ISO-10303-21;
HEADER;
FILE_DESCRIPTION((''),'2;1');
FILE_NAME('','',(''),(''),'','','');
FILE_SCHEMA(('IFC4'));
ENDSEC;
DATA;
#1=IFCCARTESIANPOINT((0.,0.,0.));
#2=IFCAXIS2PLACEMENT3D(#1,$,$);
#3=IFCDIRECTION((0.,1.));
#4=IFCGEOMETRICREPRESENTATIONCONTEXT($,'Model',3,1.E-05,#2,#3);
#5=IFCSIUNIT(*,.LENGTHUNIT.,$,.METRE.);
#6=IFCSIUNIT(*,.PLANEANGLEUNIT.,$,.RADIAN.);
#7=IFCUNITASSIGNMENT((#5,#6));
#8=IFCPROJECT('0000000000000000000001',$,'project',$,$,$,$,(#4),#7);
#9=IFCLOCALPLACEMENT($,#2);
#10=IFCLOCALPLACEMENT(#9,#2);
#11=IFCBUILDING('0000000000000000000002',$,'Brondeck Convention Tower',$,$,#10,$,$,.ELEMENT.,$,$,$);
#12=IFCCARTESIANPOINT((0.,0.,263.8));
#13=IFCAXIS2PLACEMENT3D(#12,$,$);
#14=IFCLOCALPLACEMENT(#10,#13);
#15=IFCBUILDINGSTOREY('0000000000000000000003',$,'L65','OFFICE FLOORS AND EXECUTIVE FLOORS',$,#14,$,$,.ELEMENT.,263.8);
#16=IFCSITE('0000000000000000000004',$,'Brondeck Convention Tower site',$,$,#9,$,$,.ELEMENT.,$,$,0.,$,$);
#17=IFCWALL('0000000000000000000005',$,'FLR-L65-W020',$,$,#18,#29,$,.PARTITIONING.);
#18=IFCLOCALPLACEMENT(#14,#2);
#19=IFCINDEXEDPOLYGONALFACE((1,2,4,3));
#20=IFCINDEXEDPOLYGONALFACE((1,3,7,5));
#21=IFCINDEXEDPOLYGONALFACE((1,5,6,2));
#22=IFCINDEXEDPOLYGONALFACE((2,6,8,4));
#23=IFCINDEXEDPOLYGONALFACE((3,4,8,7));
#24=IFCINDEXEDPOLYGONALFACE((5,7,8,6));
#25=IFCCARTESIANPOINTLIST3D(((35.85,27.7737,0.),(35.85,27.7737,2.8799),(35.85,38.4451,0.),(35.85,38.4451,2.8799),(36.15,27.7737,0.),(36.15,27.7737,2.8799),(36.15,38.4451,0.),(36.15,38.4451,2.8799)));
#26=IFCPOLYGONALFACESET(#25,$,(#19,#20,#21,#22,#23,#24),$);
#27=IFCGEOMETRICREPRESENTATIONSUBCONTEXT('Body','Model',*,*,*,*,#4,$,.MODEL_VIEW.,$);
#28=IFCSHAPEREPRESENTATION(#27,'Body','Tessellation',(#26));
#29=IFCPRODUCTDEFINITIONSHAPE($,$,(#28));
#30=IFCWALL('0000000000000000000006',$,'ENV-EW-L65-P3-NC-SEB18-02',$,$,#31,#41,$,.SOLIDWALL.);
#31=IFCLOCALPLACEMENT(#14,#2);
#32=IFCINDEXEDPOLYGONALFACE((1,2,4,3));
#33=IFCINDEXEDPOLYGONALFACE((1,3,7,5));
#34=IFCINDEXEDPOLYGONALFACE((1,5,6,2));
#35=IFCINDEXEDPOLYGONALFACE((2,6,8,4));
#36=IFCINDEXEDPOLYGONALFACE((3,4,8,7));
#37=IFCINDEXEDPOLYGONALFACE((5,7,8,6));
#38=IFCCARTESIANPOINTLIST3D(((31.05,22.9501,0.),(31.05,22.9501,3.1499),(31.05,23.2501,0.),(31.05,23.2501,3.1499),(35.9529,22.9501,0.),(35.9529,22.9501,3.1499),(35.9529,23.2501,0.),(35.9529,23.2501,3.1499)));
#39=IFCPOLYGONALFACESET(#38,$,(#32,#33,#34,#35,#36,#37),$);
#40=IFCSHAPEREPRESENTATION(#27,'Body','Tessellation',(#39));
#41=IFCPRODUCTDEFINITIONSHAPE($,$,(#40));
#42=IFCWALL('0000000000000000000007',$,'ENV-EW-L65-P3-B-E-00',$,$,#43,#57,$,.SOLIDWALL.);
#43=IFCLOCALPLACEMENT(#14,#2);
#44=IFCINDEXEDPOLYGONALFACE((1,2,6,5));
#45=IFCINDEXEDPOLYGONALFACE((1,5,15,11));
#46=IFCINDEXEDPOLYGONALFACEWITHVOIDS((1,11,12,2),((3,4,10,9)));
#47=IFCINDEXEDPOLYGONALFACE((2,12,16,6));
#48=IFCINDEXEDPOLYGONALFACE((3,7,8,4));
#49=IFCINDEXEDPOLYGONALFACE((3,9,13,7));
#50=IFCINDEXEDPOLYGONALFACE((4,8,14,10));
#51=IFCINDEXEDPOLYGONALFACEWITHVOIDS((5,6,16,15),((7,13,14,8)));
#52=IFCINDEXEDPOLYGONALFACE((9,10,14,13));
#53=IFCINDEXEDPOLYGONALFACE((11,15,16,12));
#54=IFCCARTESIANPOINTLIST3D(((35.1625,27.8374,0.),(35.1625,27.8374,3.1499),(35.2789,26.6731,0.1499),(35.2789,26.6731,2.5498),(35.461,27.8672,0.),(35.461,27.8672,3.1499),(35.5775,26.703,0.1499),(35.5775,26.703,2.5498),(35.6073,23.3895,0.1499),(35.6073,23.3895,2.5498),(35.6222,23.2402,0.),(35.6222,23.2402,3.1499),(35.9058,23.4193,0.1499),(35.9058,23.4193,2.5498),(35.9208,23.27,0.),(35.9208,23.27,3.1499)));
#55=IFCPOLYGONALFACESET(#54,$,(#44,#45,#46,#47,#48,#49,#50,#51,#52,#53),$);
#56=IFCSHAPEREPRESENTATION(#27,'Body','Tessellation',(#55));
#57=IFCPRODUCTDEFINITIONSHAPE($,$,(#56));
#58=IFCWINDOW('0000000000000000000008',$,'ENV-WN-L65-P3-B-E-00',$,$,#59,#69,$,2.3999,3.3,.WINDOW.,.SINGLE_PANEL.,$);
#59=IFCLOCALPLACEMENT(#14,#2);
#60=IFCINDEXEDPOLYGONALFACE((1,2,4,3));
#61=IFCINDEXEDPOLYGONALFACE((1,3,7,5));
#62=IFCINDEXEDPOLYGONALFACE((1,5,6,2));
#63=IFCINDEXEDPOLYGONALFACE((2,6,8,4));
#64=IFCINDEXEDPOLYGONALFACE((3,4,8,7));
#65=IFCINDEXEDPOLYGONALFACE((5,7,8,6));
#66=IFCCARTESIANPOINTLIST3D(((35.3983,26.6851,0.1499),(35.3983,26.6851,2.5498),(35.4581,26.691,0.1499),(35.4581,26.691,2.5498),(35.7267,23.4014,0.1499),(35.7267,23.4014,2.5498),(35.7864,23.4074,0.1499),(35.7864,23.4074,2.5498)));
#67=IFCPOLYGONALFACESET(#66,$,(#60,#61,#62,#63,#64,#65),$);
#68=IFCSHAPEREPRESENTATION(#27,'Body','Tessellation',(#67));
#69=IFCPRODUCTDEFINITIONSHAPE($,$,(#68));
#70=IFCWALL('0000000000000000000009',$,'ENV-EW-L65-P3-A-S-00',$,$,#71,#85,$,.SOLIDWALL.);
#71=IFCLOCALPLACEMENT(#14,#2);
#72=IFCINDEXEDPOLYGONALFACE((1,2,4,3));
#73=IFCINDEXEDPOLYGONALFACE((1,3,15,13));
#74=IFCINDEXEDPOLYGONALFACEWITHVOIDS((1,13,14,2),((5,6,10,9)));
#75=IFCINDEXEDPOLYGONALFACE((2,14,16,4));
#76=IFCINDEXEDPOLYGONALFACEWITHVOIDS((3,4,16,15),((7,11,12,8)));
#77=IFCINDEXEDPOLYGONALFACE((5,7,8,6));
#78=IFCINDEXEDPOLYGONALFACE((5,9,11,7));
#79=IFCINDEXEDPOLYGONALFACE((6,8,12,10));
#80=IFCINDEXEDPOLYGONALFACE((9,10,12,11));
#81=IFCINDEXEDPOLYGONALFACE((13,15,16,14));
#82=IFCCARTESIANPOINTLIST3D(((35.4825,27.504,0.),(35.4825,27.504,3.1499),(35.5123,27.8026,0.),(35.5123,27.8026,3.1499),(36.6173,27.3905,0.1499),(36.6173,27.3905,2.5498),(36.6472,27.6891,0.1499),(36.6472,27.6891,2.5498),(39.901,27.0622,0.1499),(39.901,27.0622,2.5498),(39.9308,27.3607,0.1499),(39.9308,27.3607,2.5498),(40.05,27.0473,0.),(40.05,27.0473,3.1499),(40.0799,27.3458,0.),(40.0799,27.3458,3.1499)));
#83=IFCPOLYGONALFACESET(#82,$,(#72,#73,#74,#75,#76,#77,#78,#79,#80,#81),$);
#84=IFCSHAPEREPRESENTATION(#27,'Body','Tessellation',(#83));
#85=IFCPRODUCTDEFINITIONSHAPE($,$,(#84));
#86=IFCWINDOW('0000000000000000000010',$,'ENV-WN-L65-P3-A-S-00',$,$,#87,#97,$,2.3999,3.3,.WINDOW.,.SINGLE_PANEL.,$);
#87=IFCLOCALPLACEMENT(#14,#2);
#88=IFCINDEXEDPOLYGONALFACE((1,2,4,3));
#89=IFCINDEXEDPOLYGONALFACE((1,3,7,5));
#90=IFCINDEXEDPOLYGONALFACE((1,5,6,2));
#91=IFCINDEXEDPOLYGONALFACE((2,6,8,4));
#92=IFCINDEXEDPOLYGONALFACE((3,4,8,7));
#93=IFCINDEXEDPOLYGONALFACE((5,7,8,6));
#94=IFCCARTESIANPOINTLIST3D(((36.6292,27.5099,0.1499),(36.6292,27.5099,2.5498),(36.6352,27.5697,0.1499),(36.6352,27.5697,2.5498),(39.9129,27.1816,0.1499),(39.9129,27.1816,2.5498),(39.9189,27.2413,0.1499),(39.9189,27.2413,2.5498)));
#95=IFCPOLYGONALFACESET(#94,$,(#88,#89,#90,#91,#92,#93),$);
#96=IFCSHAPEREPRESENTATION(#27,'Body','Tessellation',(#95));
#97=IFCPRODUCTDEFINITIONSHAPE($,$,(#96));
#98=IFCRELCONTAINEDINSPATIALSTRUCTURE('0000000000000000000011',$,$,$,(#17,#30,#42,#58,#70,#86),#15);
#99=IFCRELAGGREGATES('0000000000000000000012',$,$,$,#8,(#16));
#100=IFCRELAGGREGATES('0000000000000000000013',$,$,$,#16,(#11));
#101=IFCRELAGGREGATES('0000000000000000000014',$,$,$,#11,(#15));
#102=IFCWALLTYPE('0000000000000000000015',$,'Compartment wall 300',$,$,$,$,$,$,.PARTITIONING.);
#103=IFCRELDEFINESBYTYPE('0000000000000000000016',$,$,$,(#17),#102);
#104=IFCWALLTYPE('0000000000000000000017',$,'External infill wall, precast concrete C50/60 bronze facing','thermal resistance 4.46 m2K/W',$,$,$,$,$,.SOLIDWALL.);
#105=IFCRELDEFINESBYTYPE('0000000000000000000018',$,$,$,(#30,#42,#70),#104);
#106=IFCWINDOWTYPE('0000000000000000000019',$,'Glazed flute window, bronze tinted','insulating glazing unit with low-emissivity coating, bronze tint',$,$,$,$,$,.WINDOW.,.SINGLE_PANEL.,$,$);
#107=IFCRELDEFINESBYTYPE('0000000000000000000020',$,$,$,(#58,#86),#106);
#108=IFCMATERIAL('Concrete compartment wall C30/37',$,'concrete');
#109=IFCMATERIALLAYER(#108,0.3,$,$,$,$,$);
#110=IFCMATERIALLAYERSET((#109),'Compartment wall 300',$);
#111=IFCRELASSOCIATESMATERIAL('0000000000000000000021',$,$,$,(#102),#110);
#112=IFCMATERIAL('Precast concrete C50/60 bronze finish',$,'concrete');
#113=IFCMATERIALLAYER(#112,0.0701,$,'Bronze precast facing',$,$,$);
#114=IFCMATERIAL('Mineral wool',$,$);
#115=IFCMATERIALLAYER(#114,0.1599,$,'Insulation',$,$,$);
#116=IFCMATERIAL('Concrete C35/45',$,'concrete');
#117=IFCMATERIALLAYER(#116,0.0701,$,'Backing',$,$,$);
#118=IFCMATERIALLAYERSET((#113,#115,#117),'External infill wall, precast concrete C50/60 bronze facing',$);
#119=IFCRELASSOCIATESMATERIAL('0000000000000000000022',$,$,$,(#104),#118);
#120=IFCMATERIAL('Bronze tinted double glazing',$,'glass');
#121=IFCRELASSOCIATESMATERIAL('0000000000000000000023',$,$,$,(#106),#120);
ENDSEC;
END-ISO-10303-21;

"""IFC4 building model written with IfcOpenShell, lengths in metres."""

from ifc_helpers import new_model, si_unit, direction, frame, frame_2d, origin, place, context, subcontext, project, spatial, rectangle, extrude, material, layer, layer_set, type_object, element, fill, save


model = new_model("IFC4")

# Units and contexts
model_context = context("Model", 3, precision=1e-05, world=origin(), true_north=direction((0.0, 1.0)))
body_context = subcontext(model_context, "Body", "Model", "MODEL_VIEW")
ifc_project = project(units=[si_unit("LENGTHUNIT", "METRE"), si_unit("PLANEANGLEUNIT", "RADIAN")], contexts=[model_context])

# Site, building, storey
site_placement = place(None, origin())
site = spatial("IfcSite", under=ifc_project, at=site_placement, Name="Brondeck Convention Tower site", CompositionType="ELEMENT", RefElevation=0.0)
building_placement = place(site_placement, origin())
building = spatial("IfcBuilding", under=site, at=building_placement, Name="Brondeck Convention Tower", CompositionType="ELEMENT")
storey_placement = place(building_placement, frame((0.0, 0.0, 263.8)))
storey = spatial("IfcBuildingStorey", under=building, at=storey_placement, Name="L65", Description="OFFICE FLOORS AND EXECUTIVE FLOORS", CompositionType="ELEMENT", Elevation=263.8)

# Walls
ifc_material_1 = material(Name="Concrete compartment wall C30/37", Category="concrete")
ifc_layer_1 = layer(ifc_material_1, 0.3)
ifc_layer_set_1 = layer_set([ifc_layer_1], Name="Compartment wall 300")
wall_type_1 = type_object("IfcWallType", Name="Compartment wall 300", PredefinedType="PARTITIONING", material=ifc_layer_set_1)
wall_1_placement = place(storey_placement, frame((36.0, 27.7737, 0.0), z_axis=(0.0, 0.0, 1.0), x_axis=(0.0, 1.0, 0.0)))
element("IfcWall", 1, at=wall_1_placement, inside=storey, type_object=wall_type_1, Name="FLR-L65-W020", PredefinedType="PARTITIONING", context=body_context, shape_type="SweptSolid", body=[
    extrude(rectangle(XDim=10.6714, YDim=0.3, at=frame_2d((5.3357, 0.0))), origin(), (0.0, 0.0, 1.0), 2.8799),
])
ifc_material_2 = material(Name="Precast concrete C50/60 bronze finish", Category="concrete")
ifc_layer_2 = layer(ifc_material_2, 0.0701, Name="Bronze precast facing")
ifc_material_3 = material(Name="Mineral wool")
ifc_layer_3 = layer(ifc_material_3, 0.1599, Name="Insulation")
ifc_material_4 = material(Name="Concrete C35/45", Category="concrete")
ifc_layer_4 = layer(ifc_material_4, 0.0701, Name="Backing")
ifc_layer_set_2 = layer_set([ifc_layer_2, ifc_layer_3, ifc_layer_4], Name="External infill wall, precast concrete C50/60 bronze facing")
wall_type_2 = type_object("IfcWallType", Name="External infill wall, precast concrete C50/60 bronze facing", Description="thermal resistance 4.46 m2K/W", PredefinedType="SOLIDWALL", material=ifc_layer_set_2)
wall_2_placement = place(storey_placement, frame((35.9529, 23.1001, 0.0), z_axis=(0.0, 0.0, 1.0), x_axis=(-1.0, 0.0, 0.0)))
element("IfcWall", 2, at=wall_2_placement, inside=storey, type_object=wall_type_2, Name="ENV-EW-L65-P3-NC-SEB18-02", PredefinedType="SOLIDWALL", context=body_context, shape_type="SweptSolid", body=[
    extrude(rectangle(XDim=4.9028, YDim=0.3, at=frame_2d((2.4514, 0.0))), origin(), (0.0, 0.0, 1.0), 3.1499),
])

# Walls, openings, windows
wall_3_placement = place(storey_placement, frame((35.3118, 27.8523, 0.0), z_axis=(0.0, 0.0, 1.0), x_axis=(0.099504, -0.995037, 0.0)))
wall_3 = element("IfcWall", 3, at=wall_3_placement, inside=storey, type_object=wall_type_2, Name="ENV-EW-L65-P3-B-E-00", PredefinedType="SOLIDWALL", context=body_context, shape_type="SweptSolid", body=[
    extrude(rectangle(XDim=4.6201, YDim=0.3, at=frame_2d((2.3101, 0.0))), origin(), (0.0, 0.0, 1.0), 3.1499),
])
opening_1_placement = place(wall_3_placement, frame((1.1702, 0.0, 0.1499)))
opening_1 = element("IfcOpeningElement", 4, at=opening_1_placement, cuts=wall_3, PredefinedType="OPENING", context=body_context, shape_type="SweptSolid", body=[
    extrude(rectangle(XDim=3.3, YDim=2.3999, at=frame_2d((1.6499, 1.2))), frame((0.0, 0.1599, 0.0), z_axis=(0.0, -1.0, 0.0), x_axis=(1.0, 0.0, 0.0)), (0.0, 0.0, 1.0), 0.3201),
])
ifc_material_5 = material(Name="Bronze tinted double glazing", Category="glass")
window_type = type_object("IfcWindowType", Name="Glazed flute window, bronze tinted", Description="insulating glazing unit with low-emissivity coating, bronze tint", PartitioningType="SINGLE_PANEL", PredefinedType="WINDOW", material=ifc_material_5)
window_1_placement = place(opening_1_placement, origin())
window_1 = element("IfcWindow", 5, at=window_1_placement, inside=storey, type_object=window_type, Name="ENV-WN-L65-P3-B-E-00", OverallHeight=2.3999, OverallWidth=3.3, PartitioningType="SINGLE_PANEL", PredefinedType="WINDOW", context=body_context, shape_type="SweptSolid", body=[
    extrude(rectangle(XDim=3.3, YDim=2.3999, at=frame_2d((1.6499, 1.2))), frame((0.0, 0.03, 0.0), z_axis=(0.0, -1.0, 0.0), x_axis=(1.0, 0.0, 0.0)), (0.0, 0.0, 1.0), 0.0601),
])
fill(opening_1, window_1)
wall_4_placement = place(storey_placement, frame((40.0649, 27.1965, 0.0), z_axis=(0.0, 0.0, 1.0), x_axis=(-0.995037, 0.099509, 0.0)))
wall_4 = element("IfcWall", 6, at=wall_4_placement, inside=storey, type_object=wall_type_2, Name="ENV-EW-L65-P3-A-S-00", PredefinedType="SOLIDWALL", context=body_context, shape_type="SweptSolid", body=[
    extrude(rectangle(XDim=4.5903, YDim=0.3, at=frame_2d((2.2952, 0.0))), origin(), (0.0, 0.0, 1.0), 3.1499),
])
opening_2_placement = place(wall_4_placement, frame((0.1499, 0.0, 0.1499)))
opening_2 = element("IfcOpeningElement", 7, at=opening_2_placement, cuts=wall_4, PredefinedType="OPENING", context=body_context, shape_type="SweptSolid", body=[
    extrude(rectangle(XDim=3.3, YDim=2.3999, at=frame_2d((1.6499, 1.2))), frame((0.0, 0.1599, 0.0), z_axis=(0.0, -1.0, 0.0), x_axis=(1.0, 0.0, 0.0)), (0.0, 0.0, 1.0), 0.3201),
])
window_2_placement = place(opening_2_placement, origin())
window_2 = element("IfcWindow", 8, at=window_2_placement, inside=storey, type_object=window_type, Name="ENV-WN-L65-P3-A-S-00", OverallHeight=2.3999, OverallWidth=3.3, PartitioningType="SINGLE_PANEL", PredefinedType="WINDOW", context=body_context, shape_type="SweptSolid", body=[
    extrude(rectangle(XDim=3.3, YDim=2.3999, at=frame_2d((1.6499, 1.2))), frame((0.0, 0.03, 0.0), z_axis=(0.0, -1.0, 0.0), x_axis=(1.0, 0.0, 0.0)), (0.0, 0.0, 1.0), 0.0601),
])
fill(opening_2, window_2)

save(model, "model.ifc")
